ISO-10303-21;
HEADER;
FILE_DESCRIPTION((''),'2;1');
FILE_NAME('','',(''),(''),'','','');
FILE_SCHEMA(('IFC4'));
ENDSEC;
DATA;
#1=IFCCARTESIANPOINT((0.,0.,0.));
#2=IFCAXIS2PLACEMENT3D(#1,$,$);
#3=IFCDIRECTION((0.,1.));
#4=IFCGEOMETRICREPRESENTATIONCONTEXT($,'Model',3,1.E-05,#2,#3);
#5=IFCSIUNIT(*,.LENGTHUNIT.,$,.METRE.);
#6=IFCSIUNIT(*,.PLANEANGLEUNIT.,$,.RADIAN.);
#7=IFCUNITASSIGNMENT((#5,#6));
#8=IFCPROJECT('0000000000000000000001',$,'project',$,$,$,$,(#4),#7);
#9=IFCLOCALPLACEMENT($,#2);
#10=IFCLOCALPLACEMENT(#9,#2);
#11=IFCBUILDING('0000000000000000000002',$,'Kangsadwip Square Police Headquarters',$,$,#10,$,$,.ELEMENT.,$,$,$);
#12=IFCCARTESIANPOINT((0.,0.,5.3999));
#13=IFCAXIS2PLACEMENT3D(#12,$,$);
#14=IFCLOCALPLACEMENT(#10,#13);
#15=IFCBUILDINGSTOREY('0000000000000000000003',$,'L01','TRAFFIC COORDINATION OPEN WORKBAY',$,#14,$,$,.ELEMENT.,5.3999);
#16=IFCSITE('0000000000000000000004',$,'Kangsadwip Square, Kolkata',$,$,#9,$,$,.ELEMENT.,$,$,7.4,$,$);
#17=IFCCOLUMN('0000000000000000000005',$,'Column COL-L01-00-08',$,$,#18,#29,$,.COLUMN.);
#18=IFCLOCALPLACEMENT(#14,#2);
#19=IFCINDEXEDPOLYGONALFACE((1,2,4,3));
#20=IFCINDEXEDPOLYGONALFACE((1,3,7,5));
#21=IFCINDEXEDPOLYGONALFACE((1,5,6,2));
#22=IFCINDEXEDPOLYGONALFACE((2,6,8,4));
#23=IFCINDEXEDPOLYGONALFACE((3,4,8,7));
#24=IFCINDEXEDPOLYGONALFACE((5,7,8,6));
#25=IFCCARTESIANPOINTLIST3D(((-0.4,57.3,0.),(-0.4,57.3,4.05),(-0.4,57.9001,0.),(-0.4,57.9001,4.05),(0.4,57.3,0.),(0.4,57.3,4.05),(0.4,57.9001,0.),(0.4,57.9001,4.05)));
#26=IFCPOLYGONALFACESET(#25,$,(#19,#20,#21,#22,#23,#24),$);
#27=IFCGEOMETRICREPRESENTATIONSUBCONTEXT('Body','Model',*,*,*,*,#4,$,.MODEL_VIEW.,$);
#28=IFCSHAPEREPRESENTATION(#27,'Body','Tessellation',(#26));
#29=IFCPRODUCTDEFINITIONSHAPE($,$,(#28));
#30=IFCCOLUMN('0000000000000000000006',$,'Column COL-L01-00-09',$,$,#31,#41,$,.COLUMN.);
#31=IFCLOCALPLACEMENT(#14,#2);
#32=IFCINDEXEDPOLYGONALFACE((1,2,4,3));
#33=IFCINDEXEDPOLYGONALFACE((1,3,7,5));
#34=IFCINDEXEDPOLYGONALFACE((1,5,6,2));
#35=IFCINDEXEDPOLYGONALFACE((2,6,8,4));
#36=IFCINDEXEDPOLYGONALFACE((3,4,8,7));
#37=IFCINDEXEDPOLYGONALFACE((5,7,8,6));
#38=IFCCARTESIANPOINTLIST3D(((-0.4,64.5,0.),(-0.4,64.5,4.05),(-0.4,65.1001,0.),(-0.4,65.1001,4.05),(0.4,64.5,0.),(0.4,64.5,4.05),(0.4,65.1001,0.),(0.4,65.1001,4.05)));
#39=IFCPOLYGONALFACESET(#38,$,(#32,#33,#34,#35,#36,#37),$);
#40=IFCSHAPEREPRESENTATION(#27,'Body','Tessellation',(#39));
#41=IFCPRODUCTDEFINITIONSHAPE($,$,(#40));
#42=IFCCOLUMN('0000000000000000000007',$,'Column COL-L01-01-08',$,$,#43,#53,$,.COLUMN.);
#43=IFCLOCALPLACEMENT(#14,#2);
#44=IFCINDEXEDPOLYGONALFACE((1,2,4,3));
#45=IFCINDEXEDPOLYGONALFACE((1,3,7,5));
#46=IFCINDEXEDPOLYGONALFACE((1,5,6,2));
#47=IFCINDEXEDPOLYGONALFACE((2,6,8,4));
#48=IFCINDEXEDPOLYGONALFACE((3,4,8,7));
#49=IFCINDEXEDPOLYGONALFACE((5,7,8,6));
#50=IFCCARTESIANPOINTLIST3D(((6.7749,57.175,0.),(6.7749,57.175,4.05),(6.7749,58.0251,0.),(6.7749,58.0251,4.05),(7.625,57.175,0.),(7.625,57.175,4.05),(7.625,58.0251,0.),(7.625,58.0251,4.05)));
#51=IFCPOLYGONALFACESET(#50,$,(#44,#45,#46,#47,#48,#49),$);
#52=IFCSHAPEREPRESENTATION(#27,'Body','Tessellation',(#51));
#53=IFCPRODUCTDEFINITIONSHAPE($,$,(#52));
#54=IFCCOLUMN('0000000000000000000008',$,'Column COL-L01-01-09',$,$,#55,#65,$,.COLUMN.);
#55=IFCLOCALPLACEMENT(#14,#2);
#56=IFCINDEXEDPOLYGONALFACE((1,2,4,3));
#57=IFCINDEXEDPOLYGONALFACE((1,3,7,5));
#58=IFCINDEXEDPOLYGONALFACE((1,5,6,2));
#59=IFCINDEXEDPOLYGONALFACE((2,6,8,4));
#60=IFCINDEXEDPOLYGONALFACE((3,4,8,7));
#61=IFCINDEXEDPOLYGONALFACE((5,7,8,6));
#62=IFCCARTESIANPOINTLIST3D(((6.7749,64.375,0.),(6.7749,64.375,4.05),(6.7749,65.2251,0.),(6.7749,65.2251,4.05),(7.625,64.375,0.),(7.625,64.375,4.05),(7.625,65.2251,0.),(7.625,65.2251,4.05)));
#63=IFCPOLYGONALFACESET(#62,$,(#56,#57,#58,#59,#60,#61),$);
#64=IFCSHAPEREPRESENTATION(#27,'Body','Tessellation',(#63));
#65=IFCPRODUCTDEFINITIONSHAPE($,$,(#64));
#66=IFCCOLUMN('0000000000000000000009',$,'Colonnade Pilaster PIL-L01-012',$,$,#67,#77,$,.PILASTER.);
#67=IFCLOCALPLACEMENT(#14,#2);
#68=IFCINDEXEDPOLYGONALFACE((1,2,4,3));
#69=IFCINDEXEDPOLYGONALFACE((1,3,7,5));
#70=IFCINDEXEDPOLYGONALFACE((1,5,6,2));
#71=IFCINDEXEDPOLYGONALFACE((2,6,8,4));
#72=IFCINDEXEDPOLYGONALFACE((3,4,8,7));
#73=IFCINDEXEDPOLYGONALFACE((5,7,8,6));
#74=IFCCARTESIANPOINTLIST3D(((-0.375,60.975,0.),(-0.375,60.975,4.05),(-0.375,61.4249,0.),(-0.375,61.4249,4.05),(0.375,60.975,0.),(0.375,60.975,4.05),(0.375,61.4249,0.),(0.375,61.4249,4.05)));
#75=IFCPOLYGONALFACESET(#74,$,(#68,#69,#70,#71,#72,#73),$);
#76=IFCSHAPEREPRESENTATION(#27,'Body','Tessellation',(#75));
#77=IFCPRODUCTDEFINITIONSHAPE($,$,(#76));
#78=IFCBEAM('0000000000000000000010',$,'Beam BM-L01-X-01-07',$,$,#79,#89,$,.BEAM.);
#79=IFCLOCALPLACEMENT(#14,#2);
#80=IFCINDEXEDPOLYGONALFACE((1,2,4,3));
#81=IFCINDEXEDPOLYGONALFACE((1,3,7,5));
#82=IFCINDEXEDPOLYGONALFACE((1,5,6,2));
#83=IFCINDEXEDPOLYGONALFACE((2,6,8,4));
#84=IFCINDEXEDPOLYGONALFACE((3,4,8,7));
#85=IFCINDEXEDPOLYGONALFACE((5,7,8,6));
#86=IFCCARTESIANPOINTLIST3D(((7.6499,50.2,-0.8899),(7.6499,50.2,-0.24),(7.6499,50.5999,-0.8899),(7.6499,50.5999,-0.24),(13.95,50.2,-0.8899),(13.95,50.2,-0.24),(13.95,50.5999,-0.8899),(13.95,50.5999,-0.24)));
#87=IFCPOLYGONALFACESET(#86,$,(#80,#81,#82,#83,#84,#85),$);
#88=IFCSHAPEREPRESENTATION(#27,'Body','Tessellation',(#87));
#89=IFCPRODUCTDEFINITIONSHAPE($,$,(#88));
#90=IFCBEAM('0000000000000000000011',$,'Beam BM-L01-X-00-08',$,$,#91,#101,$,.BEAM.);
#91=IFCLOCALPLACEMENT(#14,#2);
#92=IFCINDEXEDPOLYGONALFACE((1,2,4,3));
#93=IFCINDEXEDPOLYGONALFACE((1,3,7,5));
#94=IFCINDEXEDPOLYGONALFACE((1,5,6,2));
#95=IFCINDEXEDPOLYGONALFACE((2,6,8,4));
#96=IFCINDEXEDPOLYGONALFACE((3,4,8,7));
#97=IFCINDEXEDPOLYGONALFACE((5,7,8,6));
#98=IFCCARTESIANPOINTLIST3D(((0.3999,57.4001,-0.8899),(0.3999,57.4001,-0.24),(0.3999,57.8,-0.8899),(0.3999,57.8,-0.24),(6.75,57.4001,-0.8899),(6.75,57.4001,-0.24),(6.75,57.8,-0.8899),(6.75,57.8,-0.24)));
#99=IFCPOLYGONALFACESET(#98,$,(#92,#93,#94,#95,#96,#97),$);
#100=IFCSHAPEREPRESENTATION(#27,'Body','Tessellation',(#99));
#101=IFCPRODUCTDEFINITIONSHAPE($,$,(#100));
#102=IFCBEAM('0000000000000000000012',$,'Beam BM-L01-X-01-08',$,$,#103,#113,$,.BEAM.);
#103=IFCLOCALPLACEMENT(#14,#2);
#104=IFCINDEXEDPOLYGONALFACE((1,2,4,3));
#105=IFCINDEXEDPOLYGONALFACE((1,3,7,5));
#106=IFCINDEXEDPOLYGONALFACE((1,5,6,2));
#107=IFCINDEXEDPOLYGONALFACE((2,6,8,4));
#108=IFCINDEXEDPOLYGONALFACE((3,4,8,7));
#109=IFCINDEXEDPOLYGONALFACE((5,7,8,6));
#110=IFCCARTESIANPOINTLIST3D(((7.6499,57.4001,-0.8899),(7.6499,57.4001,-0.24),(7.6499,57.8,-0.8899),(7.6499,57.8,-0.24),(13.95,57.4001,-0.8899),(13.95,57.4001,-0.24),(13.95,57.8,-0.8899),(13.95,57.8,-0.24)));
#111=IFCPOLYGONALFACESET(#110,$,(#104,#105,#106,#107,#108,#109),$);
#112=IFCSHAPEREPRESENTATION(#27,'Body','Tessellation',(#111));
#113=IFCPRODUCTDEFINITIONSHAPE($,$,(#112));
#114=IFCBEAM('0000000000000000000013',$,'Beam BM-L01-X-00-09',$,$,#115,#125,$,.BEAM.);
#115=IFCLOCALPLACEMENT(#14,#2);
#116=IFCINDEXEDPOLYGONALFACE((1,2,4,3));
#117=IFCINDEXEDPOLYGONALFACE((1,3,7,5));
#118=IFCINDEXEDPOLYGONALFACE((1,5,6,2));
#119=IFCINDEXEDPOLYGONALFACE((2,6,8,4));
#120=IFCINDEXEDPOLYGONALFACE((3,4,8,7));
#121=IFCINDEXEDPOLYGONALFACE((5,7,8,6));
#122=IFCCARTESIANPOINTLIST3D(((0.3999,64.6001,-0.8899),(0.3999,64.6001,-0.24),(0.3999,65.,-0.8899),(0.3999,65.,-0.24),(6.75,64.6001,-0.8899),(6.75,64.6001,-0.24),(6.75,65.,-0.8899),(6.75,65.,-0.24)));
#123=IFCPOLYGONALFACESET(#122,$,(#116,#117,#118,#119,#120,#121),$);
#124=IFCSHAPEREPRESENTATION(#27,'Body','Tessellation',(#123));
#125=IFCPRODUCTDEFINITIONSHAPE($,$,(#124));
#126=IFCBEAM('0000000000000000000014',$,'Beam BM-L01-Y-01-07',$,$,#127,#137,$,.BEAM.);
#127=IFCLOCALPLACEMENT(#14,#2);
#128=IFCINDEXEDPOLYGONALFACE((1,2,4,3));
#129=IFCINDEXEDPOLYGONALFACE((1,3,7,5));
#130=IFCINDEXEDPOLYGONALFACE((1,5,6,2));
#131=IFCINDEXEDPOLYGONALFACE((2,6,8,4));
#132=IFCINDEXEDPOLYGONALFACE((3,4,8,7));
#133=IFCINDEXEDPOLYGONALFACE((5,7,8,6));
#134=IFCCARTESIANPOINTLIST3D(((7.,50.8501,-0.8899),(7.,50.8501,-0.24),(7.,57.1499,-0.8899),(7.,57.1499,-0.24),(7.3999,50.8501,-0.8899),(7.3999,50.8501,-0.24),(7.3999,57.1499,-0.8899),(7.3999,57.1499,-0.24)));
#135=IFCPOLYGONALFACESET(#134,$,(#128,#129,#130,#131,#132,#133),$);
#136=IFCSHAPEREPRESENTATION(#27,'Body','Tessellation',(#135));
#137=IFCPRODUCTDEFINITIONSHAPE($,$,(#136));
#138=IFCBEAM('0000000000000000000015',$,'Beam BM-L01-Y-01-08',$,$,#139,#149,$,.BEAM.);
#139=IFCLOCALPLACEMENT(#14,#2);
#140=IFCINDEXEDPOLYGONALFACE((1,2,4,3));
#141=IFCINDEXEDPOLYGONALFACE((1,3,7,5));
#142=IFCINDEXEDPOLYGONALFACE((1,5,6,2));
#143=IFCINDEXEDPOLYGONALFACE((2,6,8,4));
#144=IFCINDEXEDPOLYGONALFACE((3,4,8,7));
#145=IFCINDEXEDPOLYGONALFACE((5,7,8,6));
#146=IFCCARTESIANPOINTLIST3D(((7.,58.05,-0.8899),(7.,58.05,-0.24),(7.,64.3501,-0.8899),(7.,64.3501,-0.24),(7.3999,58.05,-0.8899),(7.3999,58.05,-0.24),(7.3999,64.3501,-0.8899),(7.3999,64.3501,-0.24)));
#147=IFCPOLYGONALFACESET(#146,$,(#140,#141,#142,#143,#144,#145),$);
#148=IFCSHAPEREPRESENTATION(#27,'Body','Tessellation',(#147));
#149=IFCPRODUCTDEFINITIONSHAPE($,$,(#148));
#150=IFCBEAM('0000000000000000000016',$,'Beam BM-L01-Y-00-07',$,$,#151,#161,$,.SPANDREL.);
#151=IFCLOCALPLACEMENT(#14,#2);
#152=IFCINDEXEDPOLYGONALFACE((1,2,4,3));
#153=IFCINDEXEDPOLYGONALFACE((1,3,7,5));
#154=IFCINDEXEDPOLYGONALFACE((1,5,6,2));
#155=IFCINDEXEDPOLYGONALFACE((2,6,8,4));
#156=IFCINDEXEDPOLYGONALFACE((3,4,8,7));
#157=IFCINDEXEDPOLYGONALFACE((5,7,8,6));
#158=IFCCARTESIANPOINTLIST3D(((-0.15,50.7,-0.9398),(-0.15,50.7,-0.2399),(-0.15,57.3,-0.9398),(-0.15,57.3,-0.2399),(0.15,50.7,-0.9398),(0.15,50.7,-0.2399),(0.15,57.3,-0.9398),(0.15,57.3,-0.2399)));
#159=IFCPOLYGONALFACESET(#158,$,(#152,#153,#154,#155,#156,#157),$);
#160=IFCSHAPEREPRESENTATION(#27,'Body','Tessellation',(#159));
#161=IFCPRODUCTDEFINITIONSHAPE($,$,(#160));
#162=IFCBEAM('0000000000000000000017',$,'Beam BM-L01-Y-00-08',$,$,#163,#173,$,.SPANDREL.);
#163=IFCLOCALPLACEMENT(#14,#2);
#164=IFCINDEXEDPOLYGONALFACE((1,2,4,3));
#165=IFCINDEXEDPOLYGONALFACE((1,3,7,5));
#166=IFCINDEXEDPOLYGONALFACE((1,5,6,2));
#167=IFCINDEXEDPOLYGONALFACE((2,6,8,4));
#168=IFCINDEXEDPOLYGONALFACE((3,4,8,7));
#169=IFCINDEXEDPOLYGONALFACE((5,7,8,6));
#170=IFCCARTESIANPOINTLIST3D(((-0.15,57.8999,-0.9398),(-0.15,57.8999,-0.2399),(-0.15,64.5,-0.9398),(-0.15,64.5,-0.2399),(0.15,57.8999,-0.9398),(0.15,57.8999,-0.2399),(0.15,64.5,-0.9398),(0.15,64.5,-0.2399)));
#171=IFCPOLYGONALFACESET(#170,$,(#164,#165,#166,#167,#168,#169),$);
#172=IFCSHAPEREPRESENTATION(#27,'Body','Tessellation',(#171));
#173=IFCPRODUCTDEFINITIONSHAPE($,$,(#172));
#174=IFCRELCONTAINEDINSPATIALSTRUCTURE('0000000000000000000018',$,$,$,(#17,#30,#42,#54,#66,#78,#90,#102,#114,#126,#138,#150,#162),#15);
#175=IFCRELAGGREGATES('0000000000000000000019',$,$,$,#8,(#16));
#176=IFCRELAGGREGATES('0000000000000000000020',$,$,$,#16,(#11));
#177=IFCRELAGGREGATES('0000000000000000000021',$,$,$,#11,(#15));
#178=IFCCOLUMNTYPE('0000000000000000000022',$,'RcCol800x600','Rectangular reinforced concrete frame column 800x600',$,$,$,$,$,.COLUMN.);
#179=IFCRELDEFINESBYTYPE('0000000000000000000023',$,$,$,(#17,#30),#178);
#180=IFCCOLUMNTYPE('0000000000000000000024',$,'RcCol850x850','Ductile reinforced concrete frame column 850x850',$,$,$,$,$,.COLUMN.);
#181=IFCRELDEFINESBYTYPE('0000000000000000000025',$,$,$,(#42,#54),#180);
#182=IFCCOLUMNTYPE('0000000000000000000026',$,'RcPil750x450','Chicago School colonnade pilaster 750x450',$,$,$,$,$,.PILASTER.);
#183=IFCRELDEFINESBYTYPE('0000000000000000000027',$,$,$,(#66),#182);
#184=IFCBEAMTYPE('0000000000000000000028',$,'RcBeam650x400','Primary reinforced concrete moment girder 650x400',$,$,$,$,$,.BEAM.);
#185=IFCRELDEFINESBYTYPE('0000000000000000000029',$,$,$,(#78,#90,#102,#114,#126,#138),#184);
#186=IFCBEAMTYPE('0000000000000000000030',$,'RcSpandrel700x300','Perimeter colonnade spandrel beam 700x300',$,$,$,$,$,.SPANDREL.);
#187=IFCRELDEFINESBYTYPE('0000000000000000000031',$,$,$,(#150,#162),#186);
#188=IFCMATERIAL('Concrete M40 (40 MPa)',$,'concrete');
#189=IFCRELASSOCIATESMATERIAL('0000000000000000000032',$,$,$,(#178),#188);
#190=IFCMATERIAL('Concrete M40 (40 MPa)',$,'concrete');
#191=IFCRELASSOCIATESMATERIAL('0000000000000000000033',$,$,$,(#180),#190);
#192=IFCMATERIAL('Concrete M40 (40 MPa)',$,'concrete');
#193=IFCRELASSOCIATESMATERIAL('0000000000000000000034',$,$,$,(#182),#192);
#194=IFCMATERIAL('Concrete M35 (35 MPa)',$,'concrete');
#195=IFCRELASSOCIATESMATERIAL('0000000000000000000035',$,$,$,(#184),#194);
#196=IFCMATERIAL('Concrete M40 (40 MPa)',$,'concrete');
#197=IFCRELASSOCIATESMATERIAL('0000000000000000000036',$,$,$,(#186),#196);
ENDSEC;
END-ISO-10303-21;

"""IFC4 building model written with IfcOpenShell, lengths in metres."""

from ifc_helpers import new_model, si_unit, direction, frame, origin, origin_2d, place, context, subcontext, project, spatial, rectangle, extrude, material, material_profile, profile_set, type_object, element, save


model = new_model("IFC4")

# Units and contexts
model_context = context("Model", 3, precision=1e-05, world=origin(), true_north=direction((0.0, 1.0)))
body_context = subcontext(model_context, "Body", "Model", "MODEL_VIEW")
ifc_project = project(units=[si_unit("LENGTHUNIT", "METRE"), si_unit("PLANEANGLEUNIT", "RADIAN")], contexts=[model_context])

# Site, building, storey
site_placement = place(None, origin())
site = spatial("IfcSite", under=ifc_project, at=site_placement, Name="Kangsadwip Square, Kolkata", CompositionType="ELEMENT", RefElevation=7.4)
building_placement = place(site_placement, origin())
building = spatial("IfcBuilding", under=site, at=building_placement, Name="Kangsadwip Square Police Headquarters", CompositionType="ELEMENT")
storey_placement = place(building_placement, frame((0.0, 0.0, 5.3999)))
storey = spatial("IfcBuildingStorey", under=building, at=storey_placement, Name="L01", Description="TRAFFIC COORDINATION OPEN WORKBAY", CompositionType="ELEMENT", Elevation=5.3999)

# Columns
ifc_material_1 = material(Name="Concrete M40 (40 MPa)", Category="concrete")
ifc_material_profile_1 = material_profile(ifc_material_1, rectangle(XDim=0.6001, YDim=0.8, at=origin_2d()), Name="RC COL 800X600")
ifc_profile_set_1 = profile_set([ifc_material_profile_1], Name="Concrete M40 (40 MPa)")
column_type_1 = type_object("IfcColumnType", Name="RcCol800x600", Description="Rectangular reinforced concrete frame column 800x600", PredefinedType="COLUMN", material=ifc_profile_set_1)
for number, where, z_axis, x_axis, name in (
    (1, (0.0, 57.6001, 0.0), (0.0, 0.0, 1.0), (0.0, 1.0, 0.0), "Column COL-L01-00-08"),
    (2, (0.0, 64.8, 0.0), (0.0, 0.0, 1.0), (0.0, 1.0, 0.0), "Column COL-L01-00-09"),
):
    element("IfcColumn", number, at=place(storey_placement, frame(where, z_axis=z_axis, x_axis=x_axis)), inside=storey, type_object=column_type_1, Name=name, PredefinedType="COLUMN", context=body_context, shape_type="SweptSolid", body=[
        extrude(rectangle(XDim=0.6001, YDim=0.8, at=origin_2d()), origin(), (0.0, 0.0, 1.0), 4.05),
    ])
ifc_material_2 = material(Name="Concrete M40 (40 MPa)", Category="concrete")
ifc_material_profile_2 = material_profile(ifc_material_2, rectangle(XDim=0.8501, YDim=0.8501, at=origin_2d()), Name="RC COL 850X850")
ifc_profile_set_2 = profile_set([ifc_material_profile_2], Name="Concrete M40 (40 MPa)")
column_type_2 = type_object("IfcColumnType", Name="RcCol850x850", Description="Ductile reinforced concrete frame column 850x850", PredefinedType="COLUMN", material=ifc_profile_set_2)
for number, where, z_axis, x_axis, name in (
    (3, (7.2, 57.6001, 0.0), (0.0, 0.0, 1.0), (1.0, 0.0, 0.0), "Column COL-L01-01-08"),
    (4, (7.2, 64.8, 0.0), (0.0, 0.0, 1.0), (1.0, 0.0, 0.0), "Column COL-L01-01-09"),
):
    element("IfcColumn", number, at=place(storey_placement, frame(where, z_axis=z_axis, x_axis=x_axis)), inside=storey, type_object=column_type_2, Name=name, PredefinedType="COLUMN", context=body_context, shape_type="SweptSolid", body=[
        extrude(rectangle(XDim=0.8501, YDim=0.8501, at=origin_2d()), origin(), (0.0, 0.0, 1.0), 4.05),
    ])
ifc_material_3 = material(Name="Concrete M40 (40 MPa)", Category="concrete")
ifc_material_profile_3 = material_profile(ifc_material_3, rectangle(XDim=0.45, YDim=0.75, at=origin_2d()), Name="RC PIL 750X450")
ifc_profile_set_3 = profile_set([ifc_material_profile_3], Name="Concrete M40 (40 MPa)")
column_type_3 = type_object("IfcColumnType", Name="RcPil750x450", Description="Chicago School colonnade pilaster 750x450", PredefinedType="PILASTER", material=ifc_profile_set_3)
column_placement = place(storey_placement, frame((0.0, 61.2, 0.0), z_axis=(0.0, 0.0, 1.0), x_axis=(0.0, 1.0, 0.0)))
element("IfcColumn", 5, at=column_placement, inside=storey, type_object=column_type_3, Name="Colonnade Pilaster PIL-L01-012", PredefinedType="PILASTER", context=body_context, shape_type="SweptSolid", body=[
    extrude(rectangle(XDim=0.45, YDim=0.75, at=origin_2d()), origin(), (0.0, 0.0, 1.0), 4.05),
])

# Beams
ifc_material_4 = material(Name="Concrete M35 (35 MPa)", Category="concrete")
ifc_material_profile_4 = material_profile(ifc_material_4, rectangle(XDim=0.3999, YDim=0.6499, at=origin_2d()), Name="RC BM 650X400")
ifc_profile_set_4 = profile_set([ifc_material_profile_4], Name="Concrete M35 (35 MPa)")
beam_type_1 = type_object("IfcBeamType", Name="RcBeam650x400", Description="Primary reinforced concrete moment girder 650x400", PredefinedType="BEAM", material=ifc_profile_set_4)
beam_1_placement = place(storey_placement, frame((7.6499, 50.3999, -0.5649), z_axis=(1.0, 0.0, 0.0), x_axis=(0.0, 1.0, 0.0)))
element("IfcBeam", 6, at=beam_1_placement, inside=storey, type_object=beam_type_1, Name="Beam BM-L01-X-01-07", PredefinedType="BEAM", context=body_context, shape_type="SweptSolid", body=[
    extrude(rectangle(XDim=0.3999, YDim=0.6499, at=origin_2d()), origin(), (0.0, 0.0, 1.0), 6.3),
])
beam_2_placement = place(storey_placement, frame((0.3999, 57.6001, -0.5649), z_axis=(1.0, 0.0, 0.0), x_axis=(0.0, 1.0, 0.0)))
element("IfcBeam", 7, at=beam_2_placement, inside=storey, type_object=beam_type_1, Name="Beam BM-L01-X-00-08", PredefinedType="BEAM", context=body_context, shape_type="SweptSolid", body=[
    extrude(rectangle(XDim=0.3999, YDim=0.6499, at=origin_2d()), origin(), (0.0, 0.0, 1.0), 6.3501),
])
beam_3_placement = place(storey_placement, frame((7.6499, 57.6001, -0.5649), z_axis=(1.0, 0.0, 0.0), x_axis=(0.0, 1.0, 0.0)))
element("IfcBeam", 8, at=beam_3_placement, inside=storey, type_object=beam_type_1, Name="Beam BM-L01-X-01-08", PredefinedType="BEAM", context=body_context, shape_type="SweptSolid", body=[
    extrude(rectangle(XDim=0.3999, YDim=0.6499, at=origin_2d()), origin(), (0.0, 0.0, 1.0), 6.3),
])
beam_4_placement = place(storey_placement, frame((0.3999, 64.8, -0.5649), z_axis=(1.0, 0.0, 0.0), x_axis=(0.0, 1.0, 0.0)))
element("IfcBeam", 9, at=beam_4_placement, inside=storey, type_object=beam_type_1, Name="Beam BM-L01-X-00-09", PredefinedType="BEAM", context=body_context, shape_type="SweptSolid", body=[
    extrude(rectangle(XDim=0.3999, YDim=0.6499, at=origin_2d()), origin(), (0.0, 0.0, 1.0), 6.3501),
])
beam_5_placement = place(storey_placement, frame((7.2, 50.8501, -0.5649), z_axis=(0.0, 1.0, 0.0), x_axis=(-1.0, 0.0, 0.0)))
element("IfcBeam", 10, at=beam_5_placement, inside=storey, type_object=beam_type_1, Name="Beam BM-L01-Y-01-07", PredefinedType="BEAM", context=body_context, shape_type="SweptSolid", body=[
    extrude(rectangle(XDim=0.3999, YDim=0.6499, at=origin_2d()), origin(), (0.0, 0.0, 1.0), 6.2998),
])
beam_6_placement = place(storey_placement, frame((7.2, 58.05, -0.5649), z_axis=(0.0, 1.0, 0.0), x_axis=(-1.0, 0.0, 0.0)))
element("IfcBeam", 11, at=beam_6_placement, inside=storey, type_object=beam_type_1, Name="Beam BM-L01-Y-01-08", PredefinedType="BEAM", context=body_context, shape_type="SweptSolid", body=[
    extrude(rectangle(XDim=0.3999, YDim=0.6499, at=origin_2d()), origin(), (0.0, 0.0, 1.0), 6.3),
])
ifc_material_5 = material(Name="Concrete M40 (40 MPa)", Category="concrete")
ifc_material_profile_5 = material_profile(ifc_material_5, rectangle(XDim=0.3, YDim=0.7, at=origin_2d()), Name="RC SPN 700X300")
ifc_profile_set_5 = profile_set([ifc_material_profile_5], Name="Concrete M40 (40 MPa)")
beam_type_2 = type_object("IfcBeamType", Name="RcSpandrel700x300", Description="Perimeter colonnade spandrel beam 700x300", PredefinedType="SPANDREL", material=ifc_profile_set_5)
for number, where, z_axis, x_axis, name in (
    (12, (0.0, 50.7, -0.5898), (0.0, 1.0, 0.0), (-1.0, 0.0, 0.0), "Beam BM-L01-Y-00-07"),
    (13, (0.0, 57.8999, -0.5898), (0.0, 1.0, 0.0), (-1.0, 0.0, 0.0), "Beam BM-L01-Y-00-08"),
):
    element("IfcBeam", number, at=place(storey_placement, frame(where, z_axis=z_axis, x_axis=x_axis)), inside=storey, type_object=beam_type_2, Name=name, PredefinedType="SPANDREL", context=body_context, shape_type="SweptSolid", body=[
        extrude(rectangle(XDim=0.3, YDim=0.7, at=origin_2d()), origin(), (0.0, 0.0, 1.0), 6.6001),
    ])

save(model, "model.ifc")
